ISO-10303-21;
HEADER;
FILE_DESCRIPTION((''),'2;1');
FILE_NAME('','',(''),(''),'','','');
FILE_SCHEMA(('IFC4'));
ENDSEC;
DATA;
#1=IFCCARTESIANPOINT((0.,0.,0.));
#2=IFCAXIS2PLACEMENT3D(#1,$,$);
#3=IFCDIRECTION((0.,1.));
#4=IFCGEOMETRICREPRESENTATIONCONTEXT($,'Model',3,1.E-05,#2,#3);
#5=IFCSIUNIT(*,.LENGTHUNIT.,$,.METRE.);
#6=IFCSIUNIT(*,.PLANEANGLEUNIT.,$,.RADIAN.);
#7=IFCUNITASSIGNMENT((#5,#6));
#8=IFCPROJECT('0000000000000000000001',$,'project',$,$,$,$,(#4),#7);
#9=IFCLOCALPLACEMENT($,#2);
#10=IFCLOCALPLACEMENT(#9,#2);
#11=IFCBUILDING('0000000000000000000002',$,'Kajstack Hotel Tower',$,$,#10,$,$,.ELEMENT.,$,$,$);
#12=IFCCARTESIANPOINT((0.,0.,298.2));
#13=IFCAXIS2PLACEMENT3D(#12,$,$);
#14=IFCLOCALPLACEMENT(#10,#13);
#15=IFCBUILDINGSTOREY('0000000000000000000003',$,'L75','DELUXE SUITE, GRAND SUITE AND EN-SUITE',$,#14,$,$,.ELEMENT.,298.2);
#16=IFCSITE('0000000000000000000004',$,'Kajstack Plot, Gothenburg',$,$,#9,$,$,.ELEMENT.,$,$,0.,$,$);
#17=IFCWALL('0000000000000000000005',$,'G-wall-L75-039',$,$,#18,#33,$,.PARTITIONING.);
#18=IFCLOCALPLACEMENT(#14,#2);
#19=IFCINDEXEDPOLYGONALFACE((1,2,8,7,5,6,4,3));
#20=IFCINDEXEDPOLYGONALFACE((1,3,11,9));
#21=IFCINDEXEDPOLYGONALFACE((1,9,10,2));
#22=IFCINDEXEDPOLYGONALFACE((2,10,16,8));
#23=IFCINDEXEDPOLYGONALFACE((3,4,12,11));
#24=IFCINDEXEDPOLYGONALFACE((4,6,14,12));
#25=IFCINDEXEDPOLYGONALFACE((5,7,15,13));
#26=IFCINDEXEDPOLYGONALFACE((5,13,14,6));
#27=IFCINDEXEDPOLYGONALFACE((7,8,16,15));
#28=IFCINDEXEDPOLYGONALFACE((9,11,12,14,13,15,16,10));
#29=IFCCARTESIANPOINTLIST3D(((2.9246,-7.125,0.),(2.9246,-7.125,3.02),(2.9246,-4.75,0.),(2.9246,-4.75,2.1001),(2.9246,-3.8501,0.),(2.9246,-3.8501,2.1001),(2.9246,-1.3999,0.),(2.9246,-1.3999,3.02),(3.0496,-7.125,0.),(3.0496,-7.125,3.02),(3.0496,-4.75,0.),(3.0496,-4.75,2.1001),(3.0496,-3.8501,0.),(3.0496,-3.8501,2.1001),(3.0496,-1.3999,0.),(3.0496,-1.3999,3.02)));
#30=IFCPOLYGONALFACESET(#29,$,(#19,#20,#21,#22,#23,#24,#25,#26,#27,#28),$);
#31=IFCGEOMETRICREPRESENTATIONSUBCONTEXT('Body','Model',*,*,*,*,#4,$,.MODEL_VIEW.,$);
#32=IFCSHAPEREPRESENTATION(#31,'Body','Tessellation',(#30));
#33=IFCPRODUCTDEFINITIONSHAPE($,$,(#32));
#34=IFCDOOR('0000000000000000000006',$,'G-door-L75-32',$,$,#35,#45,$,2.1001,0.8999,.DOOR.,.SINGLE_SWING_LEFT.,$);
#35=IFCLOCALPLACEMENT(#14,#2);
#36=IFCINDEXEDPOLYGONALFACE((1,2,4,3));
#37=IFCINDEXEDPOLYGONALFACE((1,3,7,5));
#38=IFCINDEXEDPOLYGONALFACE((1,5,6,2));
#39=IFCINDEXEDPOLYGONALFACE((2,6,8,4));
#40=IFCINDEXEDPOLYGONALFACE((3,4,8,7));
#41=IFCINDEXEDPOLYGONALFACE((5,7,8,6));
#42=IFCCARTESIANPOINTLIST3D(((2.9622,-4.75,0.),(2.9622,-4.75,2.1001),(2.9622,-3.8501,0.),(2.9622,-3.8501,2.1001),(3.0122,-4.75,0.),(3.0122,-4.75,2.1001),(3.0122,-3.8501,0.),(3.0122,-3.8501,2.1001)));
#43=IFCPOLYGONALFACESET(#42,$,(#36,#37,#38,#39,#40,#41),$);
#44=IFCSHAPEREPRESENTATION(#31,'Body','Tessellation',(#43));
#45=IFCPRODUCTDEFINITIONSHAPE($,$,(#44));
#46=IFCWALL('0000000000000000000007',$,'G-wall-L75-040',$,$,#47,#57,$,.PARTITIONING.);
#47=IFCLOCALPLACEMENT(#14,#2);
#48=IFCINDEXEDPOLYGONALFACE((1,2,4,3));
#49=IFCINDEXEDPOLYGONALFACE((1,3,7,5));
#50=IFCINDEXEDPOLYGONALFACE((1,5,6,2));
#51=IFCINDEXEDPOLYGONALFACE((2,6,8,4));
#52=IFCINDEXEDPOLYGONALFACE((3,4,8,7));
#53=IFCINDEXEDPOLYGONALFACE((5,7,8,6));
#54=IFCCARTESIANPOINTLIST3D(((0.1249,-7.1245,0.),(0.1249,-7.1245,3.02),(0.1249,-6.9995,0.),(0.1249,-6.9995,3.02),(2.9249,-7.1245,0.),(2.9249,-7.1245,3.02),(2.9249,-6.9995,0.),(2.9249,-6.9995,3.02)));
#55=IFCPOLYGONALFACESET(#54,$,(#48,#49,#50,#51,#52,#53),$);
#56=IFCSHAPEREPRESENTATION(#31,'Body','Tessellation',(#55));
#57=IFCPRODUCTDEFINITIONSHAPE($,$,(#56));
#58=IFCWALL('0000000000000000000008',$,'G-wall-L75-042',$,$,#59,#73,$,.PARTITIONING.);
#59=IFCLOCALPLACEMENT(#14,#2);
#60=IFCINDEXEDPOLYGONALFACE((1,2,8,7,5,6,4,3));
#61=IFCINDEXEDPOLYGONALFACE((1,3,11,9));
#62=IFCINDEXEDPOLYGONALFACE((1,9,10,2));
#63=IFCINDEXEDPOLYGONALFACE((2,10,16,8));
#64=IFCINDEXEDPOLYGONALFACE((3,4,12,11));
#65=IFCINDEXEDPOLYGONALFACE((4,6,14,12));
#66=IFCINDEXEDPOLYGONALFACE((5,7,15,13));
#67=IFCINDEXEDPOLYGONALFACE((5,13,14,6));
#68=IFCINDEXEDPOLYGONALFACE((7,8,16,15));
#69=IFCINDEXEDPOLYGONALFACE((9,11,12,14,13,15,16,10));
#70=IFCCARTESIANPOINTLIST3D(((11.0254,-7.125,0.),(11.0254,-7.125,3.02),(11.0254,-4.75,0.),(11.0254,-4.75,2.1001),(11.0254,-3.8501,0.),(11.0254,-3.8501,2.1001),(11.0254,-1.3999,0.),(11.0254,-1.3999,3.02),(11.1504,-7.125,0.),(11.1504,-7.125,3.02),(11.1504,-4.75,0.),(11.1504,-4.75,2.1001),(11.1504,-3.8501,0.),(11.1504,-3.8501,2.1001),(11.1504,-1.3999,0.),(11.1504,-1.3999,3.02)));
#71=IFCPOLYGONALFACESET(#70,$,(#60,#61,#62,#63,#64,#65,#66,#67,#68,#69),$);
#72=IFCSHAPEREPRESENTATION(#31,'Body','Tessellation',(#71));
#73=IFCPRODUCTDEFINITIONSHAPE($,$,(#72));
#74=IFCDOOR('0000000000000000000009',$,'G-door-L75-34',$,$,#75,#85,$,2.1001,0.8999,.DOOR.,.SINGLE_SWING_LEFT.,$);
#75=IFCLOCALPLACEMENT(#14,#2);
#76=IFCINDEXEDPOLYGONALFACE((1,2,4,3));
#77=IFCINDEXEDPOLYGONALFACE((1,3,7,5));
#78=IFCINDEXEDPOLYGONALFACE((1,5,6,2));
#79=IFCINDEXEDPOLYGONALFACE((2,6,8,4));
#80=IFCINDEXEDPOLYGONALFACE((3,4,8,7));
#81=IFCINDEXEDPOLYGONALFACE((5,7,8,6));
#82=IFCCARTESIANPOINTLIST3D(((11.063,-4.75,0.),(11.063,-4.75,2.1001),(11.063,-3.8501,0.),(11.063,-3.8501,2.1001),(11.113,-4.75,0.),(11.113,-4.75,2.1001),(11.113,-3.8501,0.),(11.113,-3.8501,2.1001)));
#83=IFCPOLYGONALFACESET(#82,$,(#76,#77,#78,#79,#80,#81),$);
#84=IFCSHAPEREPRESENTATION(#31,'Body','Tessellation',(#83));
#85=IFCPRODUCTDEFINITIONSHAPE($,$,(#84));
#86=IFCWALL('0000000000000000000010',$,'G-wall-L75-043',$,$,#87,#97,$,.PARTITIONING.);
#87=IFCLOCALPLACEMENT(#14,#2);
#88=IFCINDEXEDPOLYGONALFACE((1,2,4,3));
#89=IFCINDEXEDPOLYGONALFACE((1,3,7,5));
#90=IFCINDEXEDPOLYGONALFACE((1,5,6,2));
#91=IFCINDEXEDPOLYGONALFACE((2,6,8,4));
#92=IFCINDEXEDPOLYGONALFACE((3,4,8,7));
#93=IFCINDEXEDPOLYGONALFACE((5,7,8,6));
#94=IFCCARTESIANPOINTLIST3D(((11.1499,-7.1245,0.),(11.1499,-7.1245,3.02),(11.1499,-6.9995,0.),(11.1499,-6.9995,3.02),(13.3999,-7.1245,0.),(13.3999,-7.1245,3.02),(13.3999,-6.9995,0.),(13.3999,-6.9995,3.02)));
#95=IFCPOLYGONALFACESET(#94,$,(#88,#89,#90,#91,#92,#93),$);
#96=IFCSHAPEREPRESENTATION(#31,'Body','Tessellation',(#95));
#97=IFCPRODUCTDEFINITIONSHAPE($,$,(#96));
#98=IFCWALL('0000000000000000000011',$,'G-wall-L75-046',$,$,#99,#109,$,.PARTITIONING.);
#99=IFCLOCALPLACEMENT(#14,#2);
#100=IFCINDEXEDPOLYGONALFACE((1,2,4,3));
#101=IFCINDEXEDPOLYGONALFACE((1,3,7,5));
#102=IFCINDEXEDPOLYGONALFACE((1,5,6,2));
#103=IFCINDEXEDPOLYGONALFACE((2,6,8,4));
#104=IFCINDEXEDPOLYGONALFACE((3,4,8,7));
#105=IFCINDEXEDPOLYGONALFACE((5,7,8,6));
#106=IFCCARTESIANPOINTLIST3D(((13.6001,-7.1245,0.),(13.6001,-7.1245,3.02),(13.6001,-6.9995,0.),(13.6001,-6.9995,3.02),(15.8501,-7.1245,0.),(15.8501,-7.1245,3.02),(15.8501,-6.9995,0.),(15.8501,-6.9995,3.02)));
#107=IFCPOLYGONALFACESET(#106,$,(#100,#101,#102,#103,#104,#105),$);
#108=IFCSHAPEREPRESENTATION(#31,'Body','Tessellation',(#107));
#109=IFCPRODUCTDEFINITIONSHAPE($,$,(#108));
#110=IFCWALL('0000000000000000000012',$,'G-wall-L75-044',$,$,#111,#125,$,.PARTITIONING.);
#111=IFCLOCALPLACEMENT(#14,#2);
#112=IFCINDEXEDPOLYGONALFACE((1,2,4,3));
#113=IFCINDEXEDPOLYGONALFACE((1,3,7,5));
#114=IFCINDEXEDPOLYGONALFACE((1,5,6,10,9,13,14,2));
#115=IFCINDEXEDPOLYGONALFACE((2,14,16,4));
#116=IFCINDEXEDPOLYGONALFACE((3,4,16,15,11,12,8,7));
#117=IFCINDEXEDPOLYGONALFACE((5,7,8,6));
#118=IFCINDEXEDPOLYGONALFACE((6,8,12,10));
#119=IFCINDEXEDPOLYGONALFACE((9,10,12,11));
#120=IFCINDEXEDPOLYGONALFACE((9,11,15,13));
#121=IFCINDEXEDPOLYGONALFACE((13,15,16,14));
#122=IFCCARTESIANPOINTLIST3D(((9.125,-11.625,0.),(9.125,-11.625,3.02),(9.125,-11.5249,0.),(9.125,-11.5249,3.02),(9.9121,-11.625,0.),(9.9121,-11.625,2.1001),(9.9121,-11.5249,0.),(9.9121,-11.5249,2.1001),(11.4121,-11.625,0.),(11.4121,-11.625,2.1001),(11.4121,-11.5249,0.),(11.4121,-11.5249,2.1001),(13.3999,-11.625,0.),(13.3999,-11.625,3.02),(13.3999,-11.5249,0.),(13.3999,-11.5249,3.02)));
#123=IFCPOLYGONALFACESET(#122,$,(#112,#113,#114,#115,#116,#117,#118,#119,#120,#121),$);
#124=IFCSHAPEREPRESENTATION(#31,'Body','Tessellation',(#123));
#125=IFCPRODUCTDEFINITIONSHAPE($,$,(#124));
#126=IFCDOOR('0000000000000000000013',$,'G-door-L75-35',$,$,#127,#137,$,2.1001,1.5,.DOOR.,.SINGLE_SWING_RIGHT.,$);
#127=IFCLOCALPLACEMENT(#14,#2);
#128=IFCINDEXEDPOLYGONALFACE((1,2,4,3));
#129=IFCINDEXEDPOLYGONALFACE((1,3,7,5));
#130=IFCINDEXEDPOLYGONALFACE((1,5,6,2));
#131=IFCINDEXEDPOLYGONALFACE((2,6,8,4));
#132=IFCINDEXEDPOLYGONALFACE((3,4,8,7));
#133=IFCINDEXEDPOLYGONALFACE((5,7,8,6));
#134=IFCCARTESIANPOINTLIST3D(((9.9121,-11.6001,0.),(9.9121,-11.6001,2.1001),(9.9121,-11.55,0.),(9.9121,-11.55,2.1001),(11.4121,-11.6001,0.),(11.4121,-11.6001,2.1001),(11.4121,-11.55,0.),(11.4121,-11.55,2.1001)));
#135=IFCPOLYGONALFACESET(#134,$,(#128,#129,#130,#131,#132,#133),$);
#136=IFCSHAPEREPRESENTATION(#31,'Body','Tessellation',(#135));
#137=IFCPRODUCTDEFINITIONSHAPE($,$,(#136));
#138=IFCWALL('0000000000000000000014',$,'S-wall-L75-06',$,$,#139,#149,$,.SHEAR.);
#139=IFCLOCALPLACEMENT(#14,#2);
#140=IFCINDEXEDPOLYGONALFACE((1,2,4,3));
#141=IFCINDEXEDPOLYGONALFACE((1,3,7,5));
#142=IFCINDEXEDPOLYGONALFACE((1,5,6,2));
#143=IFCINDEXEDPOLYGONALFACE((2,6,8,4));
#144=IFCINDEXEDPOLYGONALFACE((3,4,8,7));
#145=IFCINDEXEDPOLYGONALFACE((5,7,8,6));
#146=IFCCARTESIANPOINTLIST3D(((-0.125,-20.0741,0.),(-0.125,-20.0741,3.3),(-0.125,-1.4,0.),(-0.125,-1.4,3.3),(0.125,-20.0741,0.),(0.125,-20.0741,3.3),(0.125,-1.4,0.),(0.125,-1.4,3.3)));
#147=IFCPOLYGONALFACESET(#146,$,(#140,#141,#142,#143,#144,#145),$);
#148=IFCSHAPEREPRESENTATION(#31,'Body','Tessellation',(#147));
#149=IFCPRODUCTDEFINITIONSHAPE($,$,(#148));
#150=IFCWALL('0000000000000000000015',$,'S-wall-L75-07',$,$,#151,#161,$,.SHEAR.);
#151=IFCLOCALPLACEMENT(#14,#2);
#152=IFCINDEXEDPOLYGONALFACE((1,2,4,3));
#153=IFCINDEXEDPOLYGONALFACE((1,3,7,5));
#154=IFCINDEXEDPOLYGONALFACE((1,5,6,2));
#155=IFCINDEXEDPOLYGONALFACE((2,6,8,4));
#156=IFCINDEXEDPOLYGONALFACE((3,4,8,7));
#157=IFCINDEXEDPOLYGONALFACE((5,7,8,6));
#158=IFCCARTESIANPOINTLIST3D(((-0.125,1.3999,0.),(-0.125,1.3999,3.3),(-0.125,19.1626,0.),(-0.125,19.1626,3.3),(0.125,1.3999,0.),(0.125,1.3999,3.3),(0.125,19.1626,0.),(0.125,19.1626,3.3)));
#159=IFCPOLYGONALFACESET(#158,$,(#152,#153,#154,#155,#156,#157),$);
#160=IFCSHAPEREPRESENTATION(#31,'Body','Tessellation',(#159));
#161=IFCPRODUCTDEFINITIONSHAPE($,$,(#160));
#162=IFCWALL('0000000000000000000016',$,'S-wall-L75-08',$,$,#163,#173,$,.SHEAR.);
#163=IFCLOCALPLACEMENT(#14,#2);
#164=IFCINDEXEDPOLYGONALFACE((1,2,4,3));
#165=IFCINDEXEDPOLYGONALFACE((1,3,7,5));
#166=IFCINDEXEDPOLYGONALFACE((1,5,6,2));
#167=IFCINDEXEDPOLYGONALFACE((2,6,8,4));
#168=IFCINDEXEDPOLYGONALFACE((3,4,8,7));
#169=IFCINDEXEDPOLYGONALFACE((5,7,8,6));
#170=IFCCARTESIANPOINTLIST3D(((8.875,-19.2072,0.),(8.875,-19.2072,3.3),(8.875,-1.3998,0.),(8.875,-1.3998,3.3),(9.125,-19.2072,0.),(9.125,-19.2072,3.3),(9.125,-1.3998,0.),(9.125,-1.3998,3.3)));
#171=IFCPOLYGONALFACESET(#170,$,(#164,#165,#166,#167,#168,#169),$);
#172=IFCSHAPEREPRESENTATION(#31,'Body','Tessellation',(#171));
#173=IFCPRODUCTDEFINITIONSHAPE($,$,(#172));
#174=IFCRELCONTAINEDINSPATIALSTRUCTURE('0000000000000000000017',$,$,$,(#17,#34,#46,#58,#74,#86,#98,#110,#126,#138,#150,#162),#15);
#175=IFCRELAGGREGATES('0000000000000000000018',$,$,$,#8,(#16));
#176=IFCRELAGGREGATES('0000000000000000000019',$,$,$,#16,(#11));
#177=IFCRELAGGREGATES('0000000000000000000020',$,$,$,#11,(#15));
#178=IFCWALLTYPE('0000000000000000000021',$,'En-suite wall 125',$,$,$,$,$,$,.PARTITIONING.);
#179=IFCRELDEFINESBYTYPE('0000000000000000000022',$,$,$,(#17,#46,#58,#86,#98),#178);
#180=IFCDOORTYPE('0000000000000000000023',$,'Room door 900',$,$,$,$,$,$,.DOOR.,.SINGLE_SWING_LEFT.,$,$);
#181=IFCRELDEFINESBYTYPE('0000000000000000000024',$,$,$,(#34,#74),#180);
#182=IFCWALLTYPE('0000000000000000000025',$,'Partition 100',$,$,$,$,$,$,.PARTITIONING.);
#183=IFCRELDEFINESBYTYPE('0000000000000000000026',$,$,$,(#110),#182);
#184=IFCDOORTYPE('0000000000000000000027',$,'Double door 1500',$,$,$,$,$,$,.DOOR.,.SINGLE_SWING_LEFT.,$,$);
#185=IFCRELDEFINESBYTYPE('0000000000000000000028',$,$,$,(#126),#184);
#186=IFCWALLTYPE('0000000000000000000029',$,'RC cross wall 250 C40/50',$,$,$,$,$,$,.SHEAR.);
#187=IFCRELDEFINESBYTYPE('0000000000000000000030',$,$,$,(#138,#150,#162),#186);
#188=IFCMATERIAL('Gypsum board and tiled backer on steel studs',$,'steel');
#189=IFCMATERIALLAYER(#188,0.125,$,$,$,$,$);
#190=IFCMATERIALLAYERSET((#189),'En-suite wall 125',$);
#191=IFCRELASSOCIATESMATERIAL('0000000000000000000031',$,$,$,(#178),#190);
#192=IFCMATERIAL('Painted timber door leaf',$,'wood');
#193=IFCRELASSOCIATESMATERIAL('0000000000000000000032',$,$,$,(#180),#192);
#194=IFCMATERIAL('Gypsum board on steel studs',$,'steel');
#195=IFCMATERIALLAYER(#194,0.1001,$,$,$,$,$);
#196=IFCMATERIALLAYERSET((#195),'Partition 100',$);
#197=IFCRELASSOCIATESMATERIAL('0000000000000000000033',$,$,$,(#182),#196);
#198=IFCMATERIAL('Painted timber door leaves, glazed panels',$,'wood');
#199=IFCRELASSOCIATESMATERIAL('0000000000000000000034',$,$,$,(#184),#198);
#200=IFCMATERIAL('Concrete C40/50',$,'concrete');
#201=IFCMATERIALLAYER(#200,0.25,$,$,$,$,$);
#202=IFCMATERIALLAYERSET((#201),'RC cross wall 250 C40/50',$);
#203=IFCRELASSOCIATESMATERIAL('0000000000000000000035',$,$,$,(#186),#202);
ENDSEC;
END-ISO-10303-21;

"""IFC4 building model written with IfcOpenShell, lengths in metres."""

from ifc_helpers import new_model, si_unit, direction, frame, frame_2d, origin, place, context, subcontext, project, spatial, rectangle, extrude, material, layer, layer_set, type_object, element, fill, save


model = new_model("IFC4")

# Units and contexts
model_context = context("Model", 3, precision=1e-05, world=origin(), true_north=direction((0.0, 1.0)))
body_context = subcontext(model_context, "Body", "Model", "MODEL_VIEW")
ifc_project = project(units=[si_unit("LENGTHUNIT", "METRE"), si_unit("PLANEANGLEUNIT", "RADIAN")], contexts=[model_context])

# Site, building, storey
site_placement = place(None, origin())
site = spatial("IfcSite", under=ifc_project, at=site_placement, Name="Kajstack Plot, Gothenburg", CompositionType="ELEMENT", RefElevation=0.0)
building_placement = place(site_placement, origin())
building = spatial("IfcBuilding", under=site, at=building_placement, Name="Kajstack Hotel Tower", CompositionType="ELEMENT")
storey_placement = place(building_placement, frame((0.0, 0.0, 298.2)))
storey = spatial("IfcBuildingStorey", under=building, at=storey_placement, Name="L75", Description="DELUXE SUITE, GRAND SUITE AND EN-SUITE", CompositionType="ELEMENT", Elevation=298.2)

# Shared definitions
ifc_material_1 = material(Name="Concrete C40/50", Category="concrete")

# Wall, opening, door
ifc_material_2 = material(Name="Gypsum board and tiled backer on steel studs", Category="steel")
ifc_layer_1 = layer(ifc_material_2, 0.125)
ifc_layer_set_1 = layer_set([ifc_layer_1], Name="En-suite wall 125")
wall_type_1 = type_object("IfcWallType", Name="En-suite wall 125", PredefinedType="PARTITIONING", material=ifc_layer_set_1)
ifc_material_3 = material(Name="Painted timber door leaf", Category="wood")
door_type_1 = type_object("IfcDoorType", Name="Room door 900", OperationType="SINGLE_SWING_LEFT", PredefinedType="DOOR", material=ifc_material_3)
wall_1_placement = place(storey_placement, frame((2.9871, -7.125, 0.0), z_axis=(0.0, 0.0, 1.0), x_axis=(0.0, 1.0, 0.0)))
wall_1 = element("IfcWall", 1, at=wall_1_placement, inside=storey, type_object=wall_type_1, Name="G-wall-L75-039", PredefinedType="PARTITIONING", context=body_context, shape_type="SweptSolid", body=[
    extrude(rectangle(XDim=5.7251, YDim=0.125, at=frame_2d((2.8625, 0.0))), origin(), (0.0, 0.0, 1.0), 3.02),
])
opening_1_placement = place(wall_1_placement, frame((2.375, 0.0, 0.0)))
opening_1 = element("IfcOpeningElement", 2, at=opening_1_placement, cuts=wall_1, PredefinedType="OPENING", context=body_context, shape_type="SweptSolid", body=[
    extrude(rectangle(XDim=0.8999, YDim=2.1001, at=frame_2d((0.45, 1.05))), frame((0.0, 0.0725, 0.0), z_axis=(0.0, -1.0, 0.0), x_axis=(1.0, 0.0, 0.0)), (0.0, 0.0, 1.0), 0.145),
])
door_1_placement = place(opening_1_placement, origin())
door_1 = element("IfcDoor", 3, at=door_1_placement, inside=storey, type_object=door_type_1, Name="G-door-L75-32", OperationType="SINGLE_SWING_LEFT", OverallHeight=2.1001, OverallWidth=0.8999, PredefinedType="DOOR", context=body_context, shape_type="SweptSolid", body=[
    extrude(rectangle(XDim=0.8999, YDim=2.1001, at=frame_2d((0.45, 1.05))), frame((0.0, 0.0249, 0.0), z_axis=(0.0, -1.0, 0.0), x_axis=(1.0, 0.0, 0.0)), (0.0, 0.0, 1.0), 0.05),
])
fill(opening_1, door_1)

# Wall
wall_2_placement = place(storey_placement, frame((0.125, -7.062, 0.0), z_axis=(0.0, 0.0, 1.0), x_axis=(1.0, 0.0, 0.0)))
element("IfcWall", 4, at=wall_2_placement, inside=storey, type_object=wall_type_1, Name="G-wall-L75-040", PredefinedType="PARTITIONING", context=body_context, shape_type="SweptSolid", body=[
    extrude(rectangle(XDim=2.8, YDim=0.125, at=frame_2d((1.3999, 0.0))), origin(), (0.0, 0.0, 1.0), 3.02),
])

# Wall, opening, door
wall_3_placement = place(storey_placement, frame((11.0879, -7.125, 0.0), z_axis=(0.0, 0.0, 1.0), x_axis=(0.0, 1.0, 0.0)))
wall_3 = element("IfcWall", 5, at=wall_3_placement, inside=storey, type_object=wall_type_1, Name="G-wall-L75-042", PredefinedType="PARTITIONING", context=body_context, shape_type="SweptSolid", body=[
    extrude(rectangle(XDim=5.7251, YDim=0.125, at=frame_2d((2.8625, 0.0))), origin(), (0.0, 0.0, 1.0), 3.02),
])
opening_2_placement = place(wall_3_placement, frame((2.375, 0.0, 0.0)))
opening_2 = element("IfcOpeningElement", 6, at=opening_2_placement, cuts=wall_3, PredefinedType="OPENING", context=body_context, shape_type="SweptSolid", body=[
    extrude(rectangle(XDim=0.8999, YDim=2.1001, at=frame_2d((0.45, 1.05))), frame((0.0, 0.0725, 0.0), z_axis=(0.0, -1.0, 0.0), x_axis=(1.0, 0.0, 0.0)), (0.0, 0.0, 1.0), 0.145),
])
door_2_placement = place(opening_2_placement, origin())
door_2 = element("IfcDoor", 7, at=door_2_placement, inside=storey, type_object=door_type_1, Name="G-door-L75-34", OperationType="SINGLE_SWING_LEFT", OverallHeight=2.1001, OverallWidth=0.8999, PredefinedType="DOOR", context=body_context, shape_type="SweptSolid", body=[
    extrude(rectangle(XDim=0.8999, YDim=2.1001, at=frame_2d((0.45, 1.05))), frame((0.0, 0.0249, 0.0), z_axis=(0.0, -1.0, 0.0), x_axis=(1.0, 0.0, 0.0)), (0.0, 0.0, 1.0), 0.05),
])
fill(opening_2, door_2)

# Walls
for number, where, z_axis, x_axis, name in (
    (8, (11.1499, -7.062, 0.0), (0.0, 0.0, 1.0), (1.0, 0.0, 0.0), "G-wall-L75-043"),
    (9, (13.6001, -7.062, 0.0), (0.0, 0.0, 1.0), (1.0, 0.0, 0.0), "G-wall-L75-046"),
):
    element("IfcWall", number, at=place(storey_placement, frame(where, z_axis=z_axis, x_axis=x_axis)), inside=storey, type_object=wall_type_1, Name=name, PredefinedType="PARTITIONING", context=body_context, shape_type="SweptSolid", body=[
        extrude(rectangle(XDim=2.25, YDim=0.125, at=frame_2d((1.125, 0.0))), origin(), (0.0, 0.0, 1.0), 3.02),
    ])

# Wall, opening, door
ifc_material_4 = material(Name="Gypsum board on steel studs", Category="steel")
ifc_layer_2 = layer(ifc_material_4, 0.1001)
ifc_layer_set_2 = layer_set([ifc_layer_2], Name="Partition 100")
wall_type_2 = type_object("IfcWallType", Name="Partition 100", PredefinedType="PARTITIONING", material=ifc_layer_set_2)
wall_4_placement = place(storey_placement, frame((9.125, -11.575, 0.0), z_axis=(0.0, 0.0, 1.0), x_axis=(1.0, 0.0, 0.0)))
wall_4 = element("IfcWall", 10, at=wall_4_placement, inside=storey, type_object=wall_type_2, Name="G-wall-L75-044", PredefinedType="PARTITIONING", context=body_context, shape_type="SweptSolid", body=[
    extrude(rectangle(XDim=4.2749, YDim=0.1001, at=frame_2d((2.1375, 0.0))), origin(), (0.0, 0.0, 1.0), 3.02),
])
opening_3_placement = place(wall_4_placement, frame((0.7871, 0.0, 0.0)))
opening_3 = element("IfcOpeningElement", 11, at=opening_3_placement, cuts=wall_4, PredefinedType="OPENING", context=body_context, shape_type="SweptSolid", body=[
    extrude(rectangle(XDim=1.5, YDim=2.1001, at=frame_2d((0.75, 1.05))), frame((0.0, 0.0601, 0.0), z_axis=(0.0, -1.0, 0.0), x_axis=(1.0, 0.0, 0.0)), (0.0, 0.0, 1.0), 0.1201),
])
ifc_material_5 = material(Name="Painted timber door leaves, glazed panels", Category="wood")
door_type_2 = type_object("IfcDoorType", Name="Double door 1500", OperationType="SINGLE_SWING_LEFT", PredefinedType="DOOR", material=ifc_material_5)
door_3_placement = place(opening_3_placement, origin())
door_3 = element("IfcDoor", 12, at=door_3_placement, inside=storey, type_object=door_type_2, Name="G-door-L75-35", OperationType="SINGLE_SWING_RIGHT", OverallHeight=2.1001, OverallWidth=1.5, PredefinedType="DOOR", context=body_context, shape_type="SweptSolid", body=[
    extrude(rectangle(XDim=1.5, YDim=2.1001, at=frame_2d((0.75, 1.05))), frame((0.0, 0.0249, 0.0), z_axis=(0.0, -1.0, 0.0), x_axis=(1.0, 0.0, 0.0)), (0.0, 0.0, 1.0), 0.05),
])
fill(opening_3, door_3)

# Walls
ifc_layer_3 = layer(ifc_material_1, 0.25)
ifc_layer_set_3 = layer_set([ifc_layer_3], Name="RC cross wall 250 C40/50")
wall_type_3 = type_object("IfcWallType", Name="RC cross wall 250 C40/50", PredefinedType="SHEAR", material=ifc_layer_set_3)
wall_5_placement = place(storey_placement, frame((0.0, -20.074, 0.0), z_axis=(0.0, 0.0, 1.0), x_axis=(0.0, 1.0, 0.0)))
element("IfcWall", 13, at=wall_5_placement, inside=storey, type_object=wall_type_3, Name="S-wall-L75-06", PredefinedType="SHEAR", context=body_context, shape_type="SweptSolid", body=[
    extrude(rectangle(XDim=18.6741, YDim=0.25, at=frame_2d((9.3369, 0.0))), origin(), (0.0, 0.0, 1.0), 3.3),
])
wall_6_placement = place(storey_placement, frame((0.0, 1.3999, 0.0), z_axis=(0.0, 0.0, 1.0), x_axis=(0.0, 1.0, 0.0)))
element("IfcWall", 14, at=wall_6_placement, inside=storey, type_object=wall_type_3, Name="S-wall-L75-07", PredefinedType="SHEAR", context=body_context, shape_type="SweptSolid", body=[
    extrude(rectangle(XDim=17.7627, YDim=0.25, at=frame_2d((8.8813, 0.0))), origin(), (0.0, 0.0, 1.0), 3.3),
])
wall_7_placement = place(storey_placement, frame((9.0, -19.2073, 0.0), z_axis=(0.0, 0.0, 1.0), x_axis=(0.0, 1.0, 0.0)))
element("IfcWall", 15, at=wall_7_placement, inside=storey, type_object=wall_type_3, Name="S-wall-L75-08", PredefinedType="SHEAR", context=body_context, shape_type="SweptSolid", body=[
    extrude(rectangle(XDim=17.8074, YDim=0.25, at=frame_2d((8.9038, 0.0))), origin(), (0.0, 0.0, 1.0), 3.3),
])

save(model, "model.ifc")
